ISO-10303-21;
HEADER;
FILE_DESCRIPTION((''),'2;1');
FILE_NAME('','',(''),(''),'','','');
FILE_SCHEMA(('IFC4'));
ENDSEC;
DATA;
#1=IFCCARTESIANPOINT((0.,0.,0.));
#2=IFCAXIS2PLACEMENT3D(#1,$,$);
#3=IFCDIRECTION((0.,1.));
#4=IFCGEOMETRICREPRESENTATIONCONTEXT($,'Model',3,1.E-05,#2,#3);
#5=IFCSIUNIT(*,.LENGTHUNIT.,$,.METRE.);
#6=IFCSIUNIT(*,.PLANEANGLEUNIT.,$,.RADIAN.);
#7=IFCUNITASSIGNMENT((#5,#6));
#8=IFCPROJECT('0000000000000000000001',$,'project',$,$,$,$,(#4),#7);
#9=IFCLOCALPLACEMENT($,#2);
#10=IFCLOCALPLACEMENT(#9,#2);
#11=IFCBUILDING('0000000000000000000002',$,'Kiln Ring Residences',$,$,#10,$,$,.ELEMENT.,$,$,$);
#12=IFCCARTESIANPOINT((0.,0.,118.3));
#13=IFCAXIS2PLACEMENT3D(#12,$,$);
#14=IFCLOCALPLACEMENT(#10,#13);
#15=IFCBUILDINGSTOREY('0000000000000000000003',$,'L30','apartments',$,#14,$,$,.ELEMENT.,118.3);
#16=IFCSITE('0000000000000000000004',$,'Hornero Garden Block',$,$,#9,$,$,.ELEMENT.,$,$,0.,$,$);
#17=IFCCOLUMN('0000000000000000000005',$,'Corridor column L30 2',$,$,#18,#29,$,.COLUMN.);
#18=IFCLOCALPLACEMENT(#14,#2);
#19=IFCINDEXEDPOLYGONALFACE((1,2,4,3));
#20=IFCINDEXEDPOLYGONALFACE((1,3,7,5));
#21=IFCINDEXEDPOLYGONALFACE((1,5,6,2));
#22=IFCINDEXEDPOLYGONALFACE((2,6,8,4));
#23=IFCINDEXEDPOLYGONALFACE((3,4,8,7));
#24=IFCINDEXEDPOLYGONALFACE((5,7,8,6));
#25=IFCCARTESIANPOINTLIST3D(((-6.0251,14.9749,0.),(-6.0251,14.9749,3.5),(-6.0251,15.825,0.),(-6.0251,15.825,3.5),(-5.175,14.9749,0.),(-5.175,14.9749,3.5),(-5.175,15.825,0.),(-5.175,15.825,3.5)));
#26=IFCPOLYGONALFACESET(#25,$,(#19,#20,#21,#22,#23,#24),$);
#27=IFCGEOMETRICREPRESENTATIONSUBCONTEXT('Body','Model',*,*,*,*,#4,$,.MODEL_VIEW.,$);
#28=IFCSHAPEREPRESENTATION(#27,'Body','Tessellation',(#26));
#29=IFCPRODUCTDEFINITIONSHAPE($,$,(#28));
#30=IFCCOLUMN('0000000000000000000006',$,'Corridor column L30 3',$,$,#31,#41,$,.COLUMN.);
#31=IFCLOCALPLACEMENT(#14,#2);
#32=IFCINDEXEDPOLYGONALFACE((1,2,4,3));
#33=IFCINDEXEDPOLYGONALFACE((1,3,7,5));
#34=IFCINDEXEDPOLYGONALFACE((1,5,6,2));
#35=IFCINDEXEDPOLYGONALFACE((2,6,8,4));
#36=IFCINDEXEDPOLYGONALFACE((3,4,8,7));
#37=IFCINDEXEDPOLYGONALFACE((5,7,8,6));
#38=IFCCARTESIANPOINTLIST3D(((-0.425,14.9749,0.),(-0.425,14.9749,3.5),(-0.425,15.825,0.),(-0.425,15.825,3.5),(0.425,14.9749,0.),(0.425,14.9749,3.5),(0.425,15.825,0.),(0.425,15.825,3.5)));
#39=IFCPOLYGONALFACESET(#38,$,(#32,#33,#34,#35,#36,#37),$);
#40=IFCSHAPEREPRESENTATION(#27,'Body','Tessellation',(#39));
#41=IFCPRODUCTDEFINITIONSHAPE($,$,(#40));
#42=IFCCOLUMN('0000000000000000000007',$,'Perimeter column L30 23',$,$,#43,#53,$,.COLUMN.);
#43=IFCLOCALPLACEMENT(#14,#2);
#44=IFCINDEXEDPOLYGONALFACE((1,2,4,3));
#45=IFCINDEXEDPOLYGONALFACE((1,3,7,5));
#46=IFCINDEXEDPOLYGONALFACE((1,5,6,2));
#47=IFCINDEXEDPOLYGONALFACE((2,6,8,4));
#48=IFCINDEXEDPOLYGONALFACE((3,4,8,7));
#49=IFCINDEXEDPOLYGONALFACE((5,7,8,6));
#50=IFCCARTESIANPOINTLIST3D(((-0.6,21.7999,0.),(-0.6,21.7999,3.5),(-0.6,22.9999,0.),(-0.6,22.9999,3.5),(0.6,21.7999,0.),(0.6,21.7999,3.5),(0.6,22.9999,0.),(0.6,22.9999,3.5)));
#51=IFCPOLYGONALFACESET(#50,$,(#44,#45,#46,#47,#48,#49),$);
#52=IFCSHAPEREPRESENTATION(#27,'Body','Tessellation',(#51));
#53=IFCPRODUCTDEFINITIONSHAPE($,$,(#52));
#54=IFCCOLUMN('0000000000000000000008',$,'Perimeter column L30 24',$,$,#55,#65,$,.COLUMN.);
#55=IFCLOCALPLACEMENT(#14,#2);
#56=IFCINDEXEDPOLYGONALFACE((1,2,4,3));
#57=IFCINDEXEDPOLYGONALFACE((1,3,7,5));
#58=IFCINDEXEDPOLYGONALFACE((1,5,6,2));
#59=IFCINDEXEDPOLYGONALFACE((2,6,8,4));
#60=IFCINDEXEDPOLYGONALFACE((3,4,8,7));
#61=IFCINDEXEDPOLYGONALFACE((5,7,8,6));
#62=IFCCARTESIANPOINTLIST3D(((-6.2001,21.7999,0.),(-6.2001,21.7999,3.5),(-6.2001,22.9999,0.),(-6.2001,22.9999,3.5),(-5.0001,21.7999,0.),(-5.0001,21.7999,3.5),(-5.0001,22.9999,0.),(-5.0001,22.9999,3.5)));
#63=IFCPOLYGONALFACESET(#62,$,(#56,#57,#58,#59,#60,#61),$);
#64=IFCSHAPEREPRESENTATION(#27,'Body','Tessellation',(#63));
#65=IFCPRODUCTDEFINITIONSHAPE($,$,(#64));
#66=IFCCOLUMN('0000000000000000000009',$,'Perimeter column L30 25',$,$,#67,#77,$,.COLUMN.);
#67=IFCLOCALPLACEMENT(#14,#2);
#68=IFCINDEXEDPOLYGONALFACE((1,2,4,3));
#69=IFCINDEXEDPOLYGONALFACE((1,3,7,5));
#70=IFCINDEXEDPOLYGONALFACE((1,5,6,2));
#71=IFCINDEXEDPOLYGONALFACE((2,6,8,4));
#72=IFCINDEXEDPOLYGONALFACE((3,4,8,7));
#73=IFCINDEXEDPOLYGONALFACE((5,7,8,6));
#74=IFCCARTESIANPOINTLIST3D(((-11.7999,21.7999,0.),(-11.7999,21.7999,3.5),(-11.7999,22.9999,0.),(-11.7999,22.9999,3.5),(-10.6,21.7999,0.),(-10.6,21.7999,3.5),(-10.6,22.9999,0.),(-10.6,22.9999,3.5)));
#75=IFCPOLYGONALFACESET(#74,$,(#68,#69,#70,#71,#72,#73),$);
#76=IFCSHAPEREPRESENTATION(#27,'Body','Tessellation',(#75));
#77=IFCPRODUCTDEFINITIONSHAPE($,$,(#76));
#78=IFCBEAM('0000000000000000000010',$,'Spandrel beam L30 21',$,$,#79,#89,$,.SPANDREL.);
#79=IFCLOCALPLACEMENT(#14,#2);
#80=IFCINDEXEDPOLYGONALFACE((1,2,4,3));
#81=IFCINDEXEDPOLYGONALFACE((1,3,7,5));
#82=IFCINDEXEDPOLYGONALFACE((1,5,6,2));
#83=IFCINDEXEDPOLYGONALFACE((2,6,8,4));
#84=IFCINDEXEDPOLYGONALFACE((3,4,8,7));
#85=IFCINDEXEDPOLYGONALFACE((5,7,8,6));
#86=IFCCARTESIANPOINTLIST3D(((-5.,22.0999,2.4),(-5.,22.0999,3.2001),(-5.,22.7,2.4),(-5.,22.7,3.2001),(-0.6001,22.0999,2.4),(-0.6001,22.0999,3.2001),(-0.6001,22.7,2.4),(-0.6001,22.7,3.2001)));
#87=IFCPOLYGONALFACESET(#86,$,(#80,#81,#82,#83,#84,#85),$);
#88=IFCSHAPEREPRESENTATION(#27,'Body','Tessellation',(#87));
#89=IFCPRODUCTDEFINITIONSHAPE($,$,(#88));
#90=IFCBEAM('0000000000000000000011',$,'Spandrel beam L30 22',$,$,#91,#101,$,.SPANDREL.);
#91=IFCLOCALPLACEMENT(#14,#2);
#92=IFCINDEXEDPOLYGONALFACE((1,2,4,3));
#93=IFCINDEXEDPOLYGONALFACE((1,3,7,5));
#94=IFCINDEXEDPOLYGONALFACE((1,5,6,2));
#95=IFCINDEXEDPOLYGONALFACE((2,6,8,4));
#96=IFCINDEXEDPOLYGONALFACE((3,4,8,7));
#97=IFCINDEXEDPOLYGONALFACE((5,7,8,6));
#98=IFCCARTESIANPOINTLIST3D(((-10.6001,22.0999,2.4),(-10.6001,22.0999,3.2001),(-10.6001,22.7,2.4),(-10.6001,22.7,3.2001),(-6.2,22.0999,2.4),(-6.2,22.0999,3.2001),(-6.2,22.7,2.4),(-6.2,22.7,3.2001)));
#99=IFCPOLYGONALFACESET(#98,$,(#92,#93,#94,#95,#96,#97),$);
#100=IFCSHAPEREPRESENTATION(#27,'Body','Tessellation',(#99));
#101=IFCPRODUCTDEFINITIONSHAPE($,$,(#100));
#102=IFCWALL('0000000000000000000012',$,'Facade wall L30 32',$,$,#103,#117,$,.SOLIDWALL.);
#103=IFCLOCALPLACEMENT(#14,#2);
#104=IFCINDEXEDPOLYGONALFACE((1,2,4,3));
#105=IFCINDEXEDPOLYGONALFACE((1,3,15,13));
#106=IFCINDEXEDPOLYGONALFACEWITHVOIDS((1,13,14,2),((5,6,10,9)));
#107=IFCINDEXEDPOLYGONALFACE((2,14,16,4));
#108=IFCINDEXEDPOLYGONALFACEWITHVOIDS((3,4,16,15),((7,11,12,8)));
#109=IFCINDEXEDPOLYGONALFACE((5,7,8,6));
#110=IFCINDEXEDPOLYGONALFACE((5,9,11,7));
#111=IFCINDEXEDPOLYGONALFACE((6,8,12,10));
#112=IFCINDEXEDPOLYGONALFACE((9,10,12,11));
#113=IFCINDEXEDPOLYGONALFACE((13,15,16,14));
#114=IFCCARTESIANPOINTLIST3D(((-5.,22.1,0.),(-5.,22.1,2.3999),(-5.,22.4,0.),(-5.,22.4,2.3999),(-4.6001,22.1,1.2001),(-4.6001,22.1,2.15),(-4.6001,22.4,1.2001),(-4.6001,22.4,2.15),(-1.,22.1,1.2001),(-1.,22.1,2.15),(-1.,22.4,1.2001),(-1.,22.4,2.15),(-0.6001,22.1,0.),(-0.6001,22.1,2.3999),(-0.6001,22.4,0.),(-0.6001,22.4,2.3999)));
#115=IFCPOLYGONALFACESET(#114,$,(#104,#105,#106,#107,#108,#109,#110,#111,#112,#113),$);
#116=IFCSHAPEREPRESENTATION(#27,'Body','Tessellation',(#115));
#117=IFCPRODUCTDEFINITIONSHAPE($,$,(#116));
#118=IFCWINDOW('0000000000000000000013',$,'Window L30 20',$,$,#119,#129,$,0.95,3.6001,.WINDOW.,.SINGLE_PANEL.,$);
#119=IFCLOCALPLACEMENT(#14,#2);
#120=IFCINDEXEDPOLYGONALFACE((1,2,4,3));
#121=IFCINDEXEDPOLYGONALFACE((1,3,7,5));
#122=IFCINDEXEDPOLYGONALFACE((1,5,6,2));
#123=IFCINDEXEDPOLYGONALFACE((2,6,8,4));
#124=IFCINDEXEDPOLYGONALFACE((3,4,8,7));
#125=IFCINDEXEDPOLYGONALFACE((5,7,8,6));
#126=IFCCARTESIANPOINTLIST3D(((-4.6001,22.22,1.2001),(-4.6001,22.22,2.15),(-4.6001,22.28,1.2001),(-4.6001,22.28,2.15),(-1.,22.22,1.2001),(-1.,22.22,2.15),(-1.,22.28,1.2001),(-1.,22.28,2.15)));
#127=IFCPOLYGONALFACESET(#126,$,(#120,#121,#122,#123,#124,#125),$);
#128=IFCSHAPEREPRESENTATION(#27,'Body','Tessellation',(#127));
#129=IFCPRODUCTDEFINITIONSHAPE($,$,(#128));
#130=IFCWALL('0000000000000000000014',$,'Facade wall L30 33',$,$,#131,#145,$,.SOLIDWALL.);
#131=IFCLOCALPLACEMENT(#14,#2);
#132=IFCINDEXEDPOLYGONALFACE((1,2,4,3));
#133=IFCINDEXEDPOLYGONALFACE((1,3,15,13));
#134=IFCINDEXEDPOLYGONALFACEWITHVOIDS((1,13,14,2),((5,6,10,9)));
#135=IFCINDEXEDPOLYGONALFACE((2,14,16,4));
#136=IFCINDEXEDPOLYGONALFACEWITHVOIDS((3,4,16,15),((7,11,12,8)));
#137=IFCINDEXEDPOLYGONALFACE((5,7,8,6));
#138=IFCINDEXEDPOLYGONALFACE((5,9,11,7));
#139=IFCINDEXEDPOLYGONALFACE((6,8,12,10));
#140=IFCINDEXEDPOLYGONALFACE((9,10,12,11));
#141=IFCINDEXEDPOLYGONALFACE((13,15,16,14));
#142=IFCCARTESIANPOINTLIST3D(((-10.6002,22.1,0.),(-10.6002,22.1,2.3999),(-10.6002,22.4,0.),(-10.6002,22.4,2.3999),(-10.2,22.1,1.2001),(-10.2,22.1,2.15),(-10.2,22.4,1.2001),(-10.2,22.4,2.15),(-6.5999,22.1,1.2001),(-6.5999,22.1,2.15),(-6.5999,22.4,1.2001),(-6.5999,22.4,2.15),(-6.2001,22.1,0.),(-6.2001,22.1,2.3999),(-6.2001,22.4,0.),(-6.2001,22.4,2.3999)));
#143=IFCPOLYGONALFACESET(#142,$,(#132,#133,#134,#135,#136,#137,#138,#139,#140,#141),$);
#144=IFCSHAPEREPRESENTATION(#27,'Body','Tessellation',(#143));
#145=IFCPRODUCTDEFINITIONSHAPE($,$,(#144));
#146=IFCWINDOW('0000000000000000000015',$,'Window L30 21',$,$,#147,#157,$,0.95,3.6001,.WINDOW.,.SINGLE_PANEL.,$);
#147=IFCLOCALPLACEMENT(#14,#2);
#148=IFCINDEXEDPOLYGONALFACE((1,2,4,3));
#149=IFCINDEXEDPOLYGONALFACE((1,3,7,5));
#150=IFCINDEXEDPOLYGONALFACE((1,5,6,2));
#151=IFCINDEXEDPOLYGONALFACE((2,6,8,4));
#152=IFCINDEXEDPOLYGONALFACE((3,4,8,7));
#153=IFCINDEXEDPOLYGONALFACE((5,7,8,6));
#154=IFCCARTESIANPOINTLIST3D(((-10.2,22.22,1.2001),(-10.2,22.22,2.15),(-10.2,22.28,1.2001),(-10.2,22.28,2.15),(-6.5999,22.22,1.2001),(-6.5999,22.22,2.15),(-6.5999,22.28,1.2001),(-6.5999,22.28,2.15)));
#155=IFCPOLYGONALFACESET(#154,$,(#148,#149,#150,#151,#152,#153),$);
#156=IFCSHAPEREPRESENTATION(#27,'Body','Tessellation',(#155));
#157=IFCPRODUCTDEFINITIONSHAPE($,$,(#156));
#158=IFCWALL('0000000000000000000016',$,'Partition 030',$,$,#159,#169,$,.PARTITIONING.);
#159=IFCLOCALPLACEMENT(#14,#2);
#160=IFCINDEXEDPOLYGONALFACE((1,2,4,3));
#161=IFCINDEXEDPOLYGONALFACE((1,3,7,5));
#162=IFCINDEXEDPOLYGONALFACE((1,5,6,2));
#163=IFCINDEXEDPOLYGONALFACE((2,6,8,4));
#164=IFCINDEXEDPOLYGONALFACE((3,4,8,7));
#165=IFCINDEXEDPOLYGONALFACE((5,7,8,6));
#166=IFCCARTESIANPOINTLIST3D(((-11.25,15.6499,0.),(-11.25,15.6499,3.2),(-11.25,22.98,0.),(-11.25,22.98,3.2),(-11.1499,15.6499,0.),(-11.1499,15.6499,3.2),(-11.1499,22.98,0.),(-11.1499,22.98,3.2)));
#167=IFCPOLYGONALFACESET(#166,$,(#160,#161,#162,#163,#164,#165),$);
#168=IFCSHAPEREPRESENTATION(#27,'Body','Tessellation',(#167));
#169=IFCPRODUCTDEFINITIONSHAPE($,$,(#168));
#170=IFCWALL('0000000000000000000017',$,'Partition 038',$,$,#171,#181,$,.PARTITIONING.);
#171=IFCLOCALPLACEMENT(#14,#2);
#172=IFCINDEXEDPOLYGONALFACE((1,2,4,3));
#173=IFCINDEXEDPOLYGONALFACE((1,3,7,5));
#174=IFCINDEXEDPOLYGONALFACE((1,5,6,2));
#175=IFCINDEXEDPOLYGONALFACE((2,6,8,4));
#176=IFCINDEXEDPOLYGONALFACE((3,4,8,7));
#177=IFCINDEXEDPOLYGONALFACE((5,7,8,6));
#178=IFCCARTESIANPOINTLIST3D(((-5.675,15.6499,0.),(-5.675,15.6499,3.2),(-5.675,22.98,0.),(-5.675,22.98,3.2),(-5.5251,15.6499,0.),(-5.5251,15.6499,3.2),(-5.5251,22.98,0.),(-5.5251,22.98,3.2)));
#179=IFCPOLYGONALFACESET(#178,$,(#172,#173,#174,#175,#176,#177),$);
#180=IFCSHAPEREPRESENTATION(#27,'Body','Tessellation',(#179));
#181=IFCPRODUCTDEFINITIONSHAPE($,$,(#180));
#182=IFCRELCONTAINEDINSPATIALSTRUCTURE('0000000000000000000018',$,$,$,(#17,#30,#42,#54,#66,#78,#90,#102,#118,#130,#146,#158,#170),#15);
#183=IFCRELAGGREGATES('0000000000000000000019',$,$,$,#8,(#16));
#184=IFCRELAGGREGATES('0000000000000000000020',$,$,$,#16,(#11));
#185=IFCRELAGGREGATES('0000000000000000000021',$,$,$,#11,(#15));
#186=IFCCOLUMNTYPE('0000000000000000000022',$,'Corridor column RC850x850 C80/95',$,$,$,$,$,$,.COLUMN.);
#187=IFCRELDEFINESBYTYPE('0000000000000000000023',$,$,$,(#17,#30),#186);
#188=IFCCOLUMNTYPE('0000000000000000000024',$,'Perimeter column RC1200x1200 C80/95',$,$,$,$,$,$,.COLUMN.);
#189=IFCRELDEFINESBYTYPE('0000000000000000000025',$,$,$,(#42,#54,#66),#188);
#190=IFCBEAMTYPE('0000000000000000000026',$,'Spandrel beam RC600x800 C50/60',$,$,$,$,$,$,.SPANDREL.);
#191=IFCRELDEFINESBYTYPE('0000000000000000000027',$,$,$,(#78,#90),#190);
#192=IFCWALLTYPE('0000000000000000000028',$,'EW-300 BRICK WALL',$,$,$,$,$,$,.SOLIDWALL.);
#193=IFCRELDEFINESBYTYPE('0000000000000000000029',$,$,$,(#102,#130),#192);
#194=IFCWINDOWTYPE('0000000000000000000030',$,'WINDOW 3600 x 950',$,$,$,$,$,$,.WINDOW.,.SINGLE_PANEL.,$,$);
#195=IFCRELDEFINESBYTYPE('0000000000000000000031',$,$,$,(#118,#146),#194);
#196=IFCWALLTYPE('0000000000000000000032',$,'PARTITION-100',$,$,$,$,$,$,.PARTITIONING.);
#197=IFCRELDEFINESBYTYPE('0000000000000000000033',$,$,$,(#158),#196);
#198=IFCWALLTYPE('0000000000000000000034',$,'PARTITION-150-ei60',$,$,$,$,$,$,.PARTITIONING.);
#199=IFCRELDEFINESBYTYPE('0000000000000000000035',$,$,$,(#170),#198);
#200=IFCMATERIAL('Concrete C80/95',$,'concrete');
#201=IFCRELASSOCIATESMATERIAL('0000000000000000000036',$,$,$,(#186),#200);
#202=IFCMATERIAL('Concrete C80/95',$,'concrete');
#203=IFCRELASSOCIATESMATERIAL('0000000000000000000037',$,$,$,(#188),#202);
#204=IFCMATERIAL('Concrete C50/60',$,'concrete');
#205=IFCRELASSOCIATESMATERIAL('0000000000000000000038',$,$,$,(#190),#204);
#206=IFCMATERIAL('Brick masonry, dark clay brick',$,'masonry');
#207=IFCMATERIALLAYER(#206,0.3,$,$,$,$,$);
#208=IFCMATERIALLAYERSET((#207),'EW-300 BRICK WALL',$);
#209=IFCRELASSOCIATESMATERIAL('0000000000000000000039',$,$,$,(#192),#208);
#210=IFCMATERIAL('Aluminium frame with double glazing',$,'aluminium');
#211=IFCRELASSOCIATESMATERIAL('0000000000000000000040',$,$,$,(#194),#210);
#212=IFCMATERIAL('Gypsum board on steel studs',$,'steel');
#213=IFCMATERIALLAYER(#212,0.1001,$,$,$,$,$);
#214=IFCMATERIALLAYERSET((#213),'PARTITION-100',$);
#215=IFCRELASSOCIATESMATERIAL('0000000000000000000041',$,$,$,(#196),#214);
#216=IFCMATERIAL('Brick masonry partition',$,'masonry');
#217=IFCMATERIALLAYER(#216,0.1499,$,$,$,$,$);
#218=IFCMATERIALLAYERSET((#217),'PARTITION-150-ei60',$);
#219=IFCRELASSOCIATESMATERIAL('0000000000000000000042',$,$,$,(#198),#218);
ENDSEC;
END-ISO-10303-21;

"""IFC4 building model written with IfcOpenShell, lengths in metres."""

from ifc_helpers import new_model, si_unit, direction, frame, frame_2d, origin, origin_2d, place, context, subcontext, project, spatial, rectangle, extrude, material, layer, layer_set, material_profile, profile_set, type_object, element, fill, save


model = new_model("IFC4")

# Units and contexts
model_context = context("Model", 3, precision=1e-05, world=origin(), true_north=direction((0.0, 1.0)))
body_context = subcontext(model_context, "Body", "Model", "MODEL_VIEW")
ifc_project = project(units=[si_unit("LENGTHUNIT", "METRE"), si_unit("PLANEANGLEUNIT", "RADIAN")], contexts=[model_context])

# Site, building, storey
site_placement = place(None, origin())
site = spatial("IfcSite", under=ifc_project, at=site_placement, Name="Hornero Garden Block", CompositionType="ELEMENT", RefElevation=0.0)
building_placement = place(site_placement, origin())
building = spatial("IfcBuilding", under=site, at=building_placement, Name="Kiln Ring Residences", CompositionType="ELEMENT")
storey_placement = place(building_placement, frame((0.0, 0.0, 118.3)))
storey = spatial("IfcBuildingStorey", under=building, at=storey_placement, Name="L30", Description="apartments", CompositionType="ELEMENT", Elevation=118.3)

# Columns
ifc_material_1 = material(Name="Concrete C80/95", Category="concrete")
ifc_material_profile_1 = material_profile(ifc_material_1, rectangle(XDim=0.8501, YDim=0.8501, at=origin_2d()), Name="RC850x850")
ifc_profile_set_1 = profile_set([ifc_material_profile_1], Name="Concrete C80/95")
column_type_1 = type_object("IfcColumnType", Name="Corridor column RC850x850 C80/95", PredefinedType="COLUMN", material=ifc_profile_set_1)
for number, where, z_axis, x_axis, name in (
    (1, (-5.6001, 15.3999, 0.0), (0.0, 0.0, 1.0), (1.0, 0.0, 0.0), "Corridor column L30 2"),
    (2, (0.0, 15.3999, 0.0), (0.0, 0.0, 1.0), (1.0, 0.0, 0.0), "Corridor column L30 3"),
):
    element("IfcColumn", number, at=place(storey_placement, frame(where, z_axis=z_axis, x_axis=x_axis)), inside=storey, type_object=column_type_1, Name=name, PredefinedType="COLUMN", context=body_context, shape_type="SweptSolid", body=[
        extrude(rectangle(XDim=0.8501, YDim=0.8501, at=origin_2d()), origin(), (0.0, 0.0, 1.0), 3.5),
    ])
ifc_material_2 = material(Name="Concrete C80/95", Category="concrete")
ifc_material_profile_2 = material_profile(ifc_material_2, rectangle(XDim=1.2, YDim=1.2, at=origin_2d()), Name="RC1200x1200")
ifc_profile_set_2 = profile_set([ifc_material_profile_2], Name="Concrete C80/95")
column_type_2 = type_object("IfcColumnType", Name="Perimeter column RC1200x1200 C80/95", PredefinedType="COLUMN", material=ifc_profile_set_2)
for number, where, z_axis, x_axis, name in (
    (3, (0.0, 22.3999, 0.0), (0.0, 0.0, 1.0), (1.0, 0.0, 0.0), "Perimeter column L30 23"),
    (4, (-5.6001, 22.3999, 0.0), (0.0, 0.0, 1.0), (1.0, 0.0, 0.0), "Perimeter column L30 24"),
    (5, (-11.2, 22.3999, 0.0), (0.0, 0.0, 1.0), (1.0, 0.0, 0.0), "Perimeter column L30 25"),
):
    element("IfcColumn", number, at=place(storey_placement, frame(where, z_axis=z_axis, x_axis=x_axis)), inside=storey, type_object=column_type_2, Name=name, PredefinedType="COLUMN", context=body_context, shape_type="SweptSolid", body=[
        extrude(rectangle(XDim=1.2, YDim=1.2, at=origin_2d()), origin(), (0.0, 0.0, 1.0), 3.5),
    ])

# Beams
ifc_material_3 = material(Name="Concrete C50/60", Category="concrete")
ifc_material_profile_3 = material_profile(ifc_material_3, rectangle(XDim=0.6001, YDim=0.8, at=origin_2d()), Name="RC600x800")
ifc_profile_set_3 = profile_set([ifc_material_profile_3], Name="Concrete C50/60")
beam_type = type_object("IfcBeamType", Name="Spandrel beam RC600x800 C50/60", PredefinedType="SPANDREL", material=ifc_profile_set_3)
beam_1_placement = place(storey_placement, frame((-0.6001, 22.3999, 2.8), z_axis=(-1.0, 0.0, 0.0), x_axis=(0.0, -1.0, 0.0)))
element("IfcBeam", 6, at=beam_1_placement, inside=storey, type_object=beam_type, Name="Spandrel beam L30 21", PredefinedType="SPANDREL", context=body_context, shape_type="SweptSolid", body=[
    extrude(rectangle(XDim=0.6001, YDim=0.8, at=origin_2d()), origin(), (0.0, 0.0, 1.0), 4.3999),
])
beam_2_placement = place(storey_placement, frame((-6.2, 22.3999, 2.8), z_axis=(-1.0, 0.0, 0.0), x_axis=(0.0, -1.0, 0.0)))
element("IfcBeam", 7, at=beam_2_placement, inside=storey, type_object=beam_type, Name="Spandrel beam L30 22", PredefinedType="SPANDREL", context=body_context, shape_type="SweptSolid", body=[
    extrude(rectangle(XDim=0.6001, YDim=0.8, at=origin_2d()), origin(), (0.0, 0.0, 1.0), 4.4001),
])

# Walls, openings, windows
ifc_material_4 = material(Name="Brick masonry, dark clay brick", Category="masonry")
ifc_layer_1 = layer(ifc_material_4, 0.3)
ifc_layer_set_1 = layer_set([ifc_layer_1], Name="EW-300 BRICK WALL")
wall_type_1 = type_object("IfcWallType", Name="EW-300 BRICK WALL", PredefinedType="SOLIDWALL", material=ifc_layer_set_1)
wall_1_placement = place(storey_placement, frame((-0.6001, 22.25, 0.0), z_axis=(0.0, 0.0, 1.0), x_axis=(-1.0, 0.0, 0.0)))
wall_1 = element("IfcWall", 8, at=wall_1_placement, inside=storey, type_object=wall_type_1, Name="Facade wall L30 32", PredefinedType="SOLIDWALL", context=body_context, shape_type="SweptSolid", body=[
    extrude(rectangle(XDim=4.3999, YDim=0.3, at=frame_2d((2.2, 0.0))), origin(), (0.0, 0.0, 1.0), 2.3999),
])
opening_1_placement = place(wall_1_placement, frame((0.3999, 0.0, 1.2)))
opening_1 = element("IfcOpeningElement", 9, at=opening_1_placement, cuts=wall_1, PredefinedType="OPENING", context=body_context, shape_type="SweptSolid", body=[
    extrude(rectangle(XDim=3.6001, YDim=0.95, at=frame_2d((1.8, 0.4751))), frame((0.0, 0.1599, 0.0), z_axis=(0.0, -1.0, 0.0), x_axis=(1.0, 0.0, 0.0)), (0.0, 0.0, 1.0), 0.3201),
])
ifc_material_5 = material(Name="Aluminium frame with double glazing", Category="aluminium")
window_type = type_object("IfcWindowType", Name="WINDOW 3600 x 950", PartitioningType="SINGLE_PANEL", PredefinedType="WINDOW", material=ifc_material_5)
window_1_placement = place(opening_1_placement, origin())
window_1 = element("IfcWindow", 10, at=window_1_placement, inside=storey, type_object=window_type, Name="Window L30 20", OverallHeight=0.95, OverallWidth=3.6001, PartitioningType="SINGLE_PANEL", PredefinedType="WINDOW", context=body_context, shape_type="SweptSolid", body=[
    extrude(rectangle(XDim=3.6001, YDim=0.95, at=frame_2d((1.8, 0.4751))), frame((0.0, 0.03, 0.0), z_axis=(0.0, -1.0, 0.0), x_axis=(1.0, 0.0, 0.0)), (0.0, 0.0, 1.0), 0.0601),
])
fill(opening_1, window_1)
wall_2_placement = place(storey_placement, frame((-6.2, 22.25, 0.0), z_axis=(0.0, 0.0, 1.0), x_axis=(-1.0, 0.0, 0.0)))
wall_2 = element("IfcWall", 11, at=wall_2_placement, inside=storey, type_object=wall_type_1, Name="Facade wall L30 33", PredefinedType="SOLIDWALL", context=body_context, shape_type="SweptSolid", body=[
    extrude(rectangle(XDim=4.4001, YDim=0.3, at=frame_2d((2.2002, 0.0))), origin(), (0.0, 0.0, 1.0), 2.3999),
])
opening_2_placement = place(wall_2_placement, frame((0.3999, 0.0, 1.2)))
opening_2 = element("IfcOpeningElement", 12, at=opening_2_placement, cuts=wall_2, PredefinedType="OPENING", context=body_context, shape_type="SweptSolid", body=[
    extrude(rectangle(XDim=3.6001, YDim=0.95, at=frame_2d((1.8, 0.4751))), frame((0.0, 0.1599, 0.0), z_axis=(0.0, -1.0, 0.0), x_axis=(1.0, 0.0, 0.0)), (0.0, 0.0, 1.0), 0.3201),
])
window_2_placement = place(opening_2_placement, origin())
window_2 = element("IfcWindow", 13, at=window_2_placement, inside=storey, type_object=window_type, Name="Window L30 21", OverallHeight=0.95, OverallWidth=3.6001, PartitioningType="SINGLE_PANEL", PredefinedType="WINDOW", context=body_context, shape_type="SweptSolid", body=[
    extrude(rectangle(XDim=3.6001, YDim=0.95, at=frame_2d((1.8, 0.4751))), frame((0.0, 0.03, 0.0), z_axis=(0.0, -1.0, 0.0), x_axis=(1.0, 0.0, 0.0)), (0.0, 0.0, 1.0), 0.0601),
])
fill(opening_2, window_2)

# Walls
ifc_material_6 = material(Name="Gypsum board on steel studs", Category="steel")
ifc_layer_2 = layer(ifc_material_6, 0.1001)
ifc_layer_set_2 = layer_set([ifc_layer_2], Name="PARTITION-100")
wall_type_2 = type_object("IfcWallType", Name="PARTITION-100", PredefinedType="PARTITIONING", material=ifc_layer_set_2)
wall_3_placement = place(storey_placement, frame((-11.2, 15.6499, 0.0), z_axis=(0.0, 0.0, 1.0), x_axis=(0.0, 1.0, 0.0)))
element("IfcWall", 14, at=wall_3_placement, inside=storey, type_object=wall_type_2, Name="Partition 030", PredefinedType="PARTITIONING", context=body_context, shape_type="SweptSolid", body=[
    extrude(rectangle(XDim=7.3301, YDim=0.1001, at=frame_2d((3.665, 0.0))), origin(), (0.0, 0.0, 1.0), 3.2),
])
ifc_material_7 = material(Name="Brick masonry partition", Category="masonry")
ifc_layer_3 = layer(ifc_material_7, 0.1499)
ifc_layer_set_3 = layer_set([ifc_layer_3], Name="PARTITION-150-ei60")
wall_type_3 = type_object("IfcWallType", Name="PARTITION-150-ei60", PredefinedType="PARTITIONING", material=ifc_layer_set_3)
wall_4_placement = place(storey_placement, frame((-5.6001, 15.6499, 0.0), z_axis=(0.0, 0.0, 1.0), x_axis=(0.0, 1.0, 0.0)))
element("IfcWall", 15, at=wall_4_placement, inside=storey, type_object=wall_type_3, Name="Partition 038", PredefinedType="PARTITIONING", context=body_context, shape_type="SweptSolid", body=[
    extrude(rectangle(XDim=7.3301, YDim=0.1499, at=frame_2d((3.665, 0.0))), origin(), (0.0, 0.0, 1.0), 3.2),
])

save(model, "model.ifc")
